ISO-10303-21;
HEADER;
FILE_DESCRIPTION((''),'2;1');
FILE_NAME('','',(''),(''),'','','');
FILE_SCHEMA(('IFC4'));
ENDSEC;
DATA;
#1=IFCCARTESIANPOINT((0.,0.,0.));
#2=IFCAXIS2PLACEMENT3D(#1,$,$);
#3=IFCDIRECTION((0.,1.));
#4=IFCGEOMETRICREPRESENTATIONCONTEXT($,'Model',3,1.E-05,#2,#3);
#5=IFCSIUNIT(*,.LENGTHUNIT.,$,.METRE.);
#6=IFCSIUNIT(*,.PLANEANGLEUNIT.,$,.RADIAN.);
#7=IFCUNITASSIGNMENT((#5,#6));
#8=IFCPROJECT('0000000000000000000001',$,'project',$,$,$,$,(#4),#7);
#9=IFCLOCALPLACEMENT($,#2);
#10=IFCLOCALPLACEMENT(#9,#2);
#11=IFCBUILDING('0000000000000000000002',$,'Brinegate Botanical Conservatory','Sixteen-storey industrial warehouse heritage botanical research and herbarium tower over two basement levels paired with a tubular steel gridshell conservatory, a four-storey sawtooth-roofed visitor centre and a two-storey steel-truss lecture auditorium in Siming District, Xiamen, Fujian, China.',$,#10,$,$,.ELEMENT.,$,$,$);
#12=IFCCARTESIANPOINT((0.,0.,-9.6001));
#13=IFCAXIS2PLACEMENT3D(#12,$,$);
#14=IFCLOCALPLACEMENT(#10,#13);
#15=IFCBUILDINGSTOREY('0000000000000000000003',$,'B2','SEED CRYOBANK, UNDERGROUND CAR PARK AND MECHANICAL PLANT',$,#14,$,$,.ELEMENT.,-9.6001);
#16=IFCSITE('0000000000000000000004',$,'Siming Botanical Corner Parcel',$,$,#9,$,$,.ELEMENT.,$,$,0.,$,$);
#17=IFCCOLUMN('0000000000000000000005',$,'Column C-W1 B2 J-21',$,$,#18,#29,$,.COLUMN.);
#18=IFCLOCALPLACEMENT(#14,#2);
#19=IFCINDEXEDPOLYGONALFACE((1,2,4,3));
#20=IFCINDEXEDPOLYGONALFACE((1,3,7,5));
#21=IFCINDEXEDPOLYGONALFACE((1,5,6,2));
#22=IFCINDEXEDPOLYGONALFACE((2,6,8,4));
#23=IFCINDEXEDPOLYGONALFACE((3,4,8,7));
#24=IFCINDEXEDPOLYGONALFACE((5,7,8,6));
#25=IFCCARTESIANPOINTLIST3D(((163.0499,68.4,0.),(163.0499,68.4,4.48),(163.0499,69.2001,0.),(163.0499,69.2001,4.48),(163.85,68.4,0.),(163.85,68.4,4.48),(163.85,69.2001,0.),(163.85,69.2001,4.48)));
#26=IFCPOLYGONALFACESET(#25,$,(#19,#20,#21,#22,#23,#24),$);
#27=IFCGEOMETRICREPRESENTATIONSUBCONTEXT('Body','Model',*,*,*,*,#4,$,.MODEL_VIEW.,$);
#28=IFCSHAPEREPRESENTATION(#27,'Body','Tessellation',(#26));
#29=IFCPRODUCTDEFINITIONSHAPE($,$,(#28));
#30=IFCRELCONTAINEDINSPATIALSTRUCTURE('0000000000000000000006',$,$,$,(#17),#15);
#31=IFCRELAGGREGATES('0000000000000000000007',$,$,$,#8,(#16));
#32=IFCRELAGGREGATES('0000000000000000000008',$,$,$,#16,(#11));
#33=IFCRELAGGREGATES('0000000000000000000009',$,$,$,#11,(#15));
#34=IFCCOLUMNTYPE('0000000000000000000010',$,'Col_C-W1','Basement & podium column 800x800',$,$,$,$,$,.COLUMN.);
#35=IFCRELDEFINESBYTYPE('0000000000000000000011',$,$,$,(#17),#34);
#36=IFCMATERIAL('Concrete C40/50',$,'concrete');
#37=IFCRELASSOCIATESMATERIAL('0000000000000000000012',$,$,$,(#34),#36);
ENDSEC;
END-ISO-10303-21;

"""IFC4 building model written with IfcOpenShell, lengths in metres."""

from ifc_helpers import new_model, si_unit, direction, frame, origin, origin_2d, place, context, subcontext, project, spatial, rectangle, extrude, material, material_profile, profile_set, type_object, element, save


model = new_model("IFC4")

# Units and contexts
model_context = context("Model", 3, precision=1e-05, world=origin(), true_north=direction((0.0, 1.0)))
body_context = subcontext(model_context, "Body", "Model", "MODEL_VIEW")
ifc_project = project(units=[si_unit("LENGTHUNIT", "METRE"), si_unit("PLANEANGLEUNIT", "RADIAN")], contexts=[model_context])

# Site, building, storey
site_placement = place(None, origin())
site = spatial("IfcSite", under=ifc_project, at=site_placement, Name="Siming Botanical Corner Parcel", CompositionType="ELEMENT", RefElevation=0.0)
building_placement = place(site_placement, origin())
building = spatial("IfcBuilding", under=site, at=building_placement, Name="Brinegate Botanical Conservatory", Description="Sixteen-storey industrial warehouse heritage botanical research and herbarium tower over two basement levels paired with a tubular steel gridshell conservatory, a four-storey sawtooth-roofed visitor centre and a two-storey steel-truss lecture auditorium in Siming District, Xiamen, Fujian, China.", CompositionType="ELEMENT")
storey_placement = place(building_placement, frame((0.0, 0.0, -9.6001)))
storey = spatial("IfcBuildingStorey", under=building, at=storey_placement, Name="B2", Description="SEED CRYOBANK, UNDERGROUND CAR PARK AND MECHANICAL PLANT", CompositionType="ELEMENT", Elevation=-9.6001)

# Shared definitions
ifc_material_1 = material(Name="Concrete C40/50", Category="concrete")

# Column
ifc_material_profile_1 = material_profile(ifc_material_1, rectangle(XDim=0.8, YDim=0.8, at=origin_2d()), Name="RC COL 800x800")
ifc_profile_set_1 = profile_set([ifc_material_profile_1], Name="Concrete C40/50")
column_type_1 = type_object("IfcColumnType", Name="Col_C-W1", Description="Basement & podium column 800x800", PredefinedType="COLUMN", material=ifc_profile_set_1)
column_placement = place(storey_placement, frame((163.45, 68.8, 0.0), z_axis=(0.0, 0.0, 1.0), x_axis=(1.0, 0.0, 0.0)))
element("IfcColumn", 1, at=column_placement, inside=storey, type_object=column_type_1, Name="Column C-W1 B2 J-21", PredefinedType="COLUMN", context=body_context, shape_type="SweptSolid", body=[
    extrude(rectangle(XDim=0.8, YDim=0.8, at=origin_2d()), origin(), (0.0, 0.0, 1.0), 4.48),
])

save(model, "model.ifc")
